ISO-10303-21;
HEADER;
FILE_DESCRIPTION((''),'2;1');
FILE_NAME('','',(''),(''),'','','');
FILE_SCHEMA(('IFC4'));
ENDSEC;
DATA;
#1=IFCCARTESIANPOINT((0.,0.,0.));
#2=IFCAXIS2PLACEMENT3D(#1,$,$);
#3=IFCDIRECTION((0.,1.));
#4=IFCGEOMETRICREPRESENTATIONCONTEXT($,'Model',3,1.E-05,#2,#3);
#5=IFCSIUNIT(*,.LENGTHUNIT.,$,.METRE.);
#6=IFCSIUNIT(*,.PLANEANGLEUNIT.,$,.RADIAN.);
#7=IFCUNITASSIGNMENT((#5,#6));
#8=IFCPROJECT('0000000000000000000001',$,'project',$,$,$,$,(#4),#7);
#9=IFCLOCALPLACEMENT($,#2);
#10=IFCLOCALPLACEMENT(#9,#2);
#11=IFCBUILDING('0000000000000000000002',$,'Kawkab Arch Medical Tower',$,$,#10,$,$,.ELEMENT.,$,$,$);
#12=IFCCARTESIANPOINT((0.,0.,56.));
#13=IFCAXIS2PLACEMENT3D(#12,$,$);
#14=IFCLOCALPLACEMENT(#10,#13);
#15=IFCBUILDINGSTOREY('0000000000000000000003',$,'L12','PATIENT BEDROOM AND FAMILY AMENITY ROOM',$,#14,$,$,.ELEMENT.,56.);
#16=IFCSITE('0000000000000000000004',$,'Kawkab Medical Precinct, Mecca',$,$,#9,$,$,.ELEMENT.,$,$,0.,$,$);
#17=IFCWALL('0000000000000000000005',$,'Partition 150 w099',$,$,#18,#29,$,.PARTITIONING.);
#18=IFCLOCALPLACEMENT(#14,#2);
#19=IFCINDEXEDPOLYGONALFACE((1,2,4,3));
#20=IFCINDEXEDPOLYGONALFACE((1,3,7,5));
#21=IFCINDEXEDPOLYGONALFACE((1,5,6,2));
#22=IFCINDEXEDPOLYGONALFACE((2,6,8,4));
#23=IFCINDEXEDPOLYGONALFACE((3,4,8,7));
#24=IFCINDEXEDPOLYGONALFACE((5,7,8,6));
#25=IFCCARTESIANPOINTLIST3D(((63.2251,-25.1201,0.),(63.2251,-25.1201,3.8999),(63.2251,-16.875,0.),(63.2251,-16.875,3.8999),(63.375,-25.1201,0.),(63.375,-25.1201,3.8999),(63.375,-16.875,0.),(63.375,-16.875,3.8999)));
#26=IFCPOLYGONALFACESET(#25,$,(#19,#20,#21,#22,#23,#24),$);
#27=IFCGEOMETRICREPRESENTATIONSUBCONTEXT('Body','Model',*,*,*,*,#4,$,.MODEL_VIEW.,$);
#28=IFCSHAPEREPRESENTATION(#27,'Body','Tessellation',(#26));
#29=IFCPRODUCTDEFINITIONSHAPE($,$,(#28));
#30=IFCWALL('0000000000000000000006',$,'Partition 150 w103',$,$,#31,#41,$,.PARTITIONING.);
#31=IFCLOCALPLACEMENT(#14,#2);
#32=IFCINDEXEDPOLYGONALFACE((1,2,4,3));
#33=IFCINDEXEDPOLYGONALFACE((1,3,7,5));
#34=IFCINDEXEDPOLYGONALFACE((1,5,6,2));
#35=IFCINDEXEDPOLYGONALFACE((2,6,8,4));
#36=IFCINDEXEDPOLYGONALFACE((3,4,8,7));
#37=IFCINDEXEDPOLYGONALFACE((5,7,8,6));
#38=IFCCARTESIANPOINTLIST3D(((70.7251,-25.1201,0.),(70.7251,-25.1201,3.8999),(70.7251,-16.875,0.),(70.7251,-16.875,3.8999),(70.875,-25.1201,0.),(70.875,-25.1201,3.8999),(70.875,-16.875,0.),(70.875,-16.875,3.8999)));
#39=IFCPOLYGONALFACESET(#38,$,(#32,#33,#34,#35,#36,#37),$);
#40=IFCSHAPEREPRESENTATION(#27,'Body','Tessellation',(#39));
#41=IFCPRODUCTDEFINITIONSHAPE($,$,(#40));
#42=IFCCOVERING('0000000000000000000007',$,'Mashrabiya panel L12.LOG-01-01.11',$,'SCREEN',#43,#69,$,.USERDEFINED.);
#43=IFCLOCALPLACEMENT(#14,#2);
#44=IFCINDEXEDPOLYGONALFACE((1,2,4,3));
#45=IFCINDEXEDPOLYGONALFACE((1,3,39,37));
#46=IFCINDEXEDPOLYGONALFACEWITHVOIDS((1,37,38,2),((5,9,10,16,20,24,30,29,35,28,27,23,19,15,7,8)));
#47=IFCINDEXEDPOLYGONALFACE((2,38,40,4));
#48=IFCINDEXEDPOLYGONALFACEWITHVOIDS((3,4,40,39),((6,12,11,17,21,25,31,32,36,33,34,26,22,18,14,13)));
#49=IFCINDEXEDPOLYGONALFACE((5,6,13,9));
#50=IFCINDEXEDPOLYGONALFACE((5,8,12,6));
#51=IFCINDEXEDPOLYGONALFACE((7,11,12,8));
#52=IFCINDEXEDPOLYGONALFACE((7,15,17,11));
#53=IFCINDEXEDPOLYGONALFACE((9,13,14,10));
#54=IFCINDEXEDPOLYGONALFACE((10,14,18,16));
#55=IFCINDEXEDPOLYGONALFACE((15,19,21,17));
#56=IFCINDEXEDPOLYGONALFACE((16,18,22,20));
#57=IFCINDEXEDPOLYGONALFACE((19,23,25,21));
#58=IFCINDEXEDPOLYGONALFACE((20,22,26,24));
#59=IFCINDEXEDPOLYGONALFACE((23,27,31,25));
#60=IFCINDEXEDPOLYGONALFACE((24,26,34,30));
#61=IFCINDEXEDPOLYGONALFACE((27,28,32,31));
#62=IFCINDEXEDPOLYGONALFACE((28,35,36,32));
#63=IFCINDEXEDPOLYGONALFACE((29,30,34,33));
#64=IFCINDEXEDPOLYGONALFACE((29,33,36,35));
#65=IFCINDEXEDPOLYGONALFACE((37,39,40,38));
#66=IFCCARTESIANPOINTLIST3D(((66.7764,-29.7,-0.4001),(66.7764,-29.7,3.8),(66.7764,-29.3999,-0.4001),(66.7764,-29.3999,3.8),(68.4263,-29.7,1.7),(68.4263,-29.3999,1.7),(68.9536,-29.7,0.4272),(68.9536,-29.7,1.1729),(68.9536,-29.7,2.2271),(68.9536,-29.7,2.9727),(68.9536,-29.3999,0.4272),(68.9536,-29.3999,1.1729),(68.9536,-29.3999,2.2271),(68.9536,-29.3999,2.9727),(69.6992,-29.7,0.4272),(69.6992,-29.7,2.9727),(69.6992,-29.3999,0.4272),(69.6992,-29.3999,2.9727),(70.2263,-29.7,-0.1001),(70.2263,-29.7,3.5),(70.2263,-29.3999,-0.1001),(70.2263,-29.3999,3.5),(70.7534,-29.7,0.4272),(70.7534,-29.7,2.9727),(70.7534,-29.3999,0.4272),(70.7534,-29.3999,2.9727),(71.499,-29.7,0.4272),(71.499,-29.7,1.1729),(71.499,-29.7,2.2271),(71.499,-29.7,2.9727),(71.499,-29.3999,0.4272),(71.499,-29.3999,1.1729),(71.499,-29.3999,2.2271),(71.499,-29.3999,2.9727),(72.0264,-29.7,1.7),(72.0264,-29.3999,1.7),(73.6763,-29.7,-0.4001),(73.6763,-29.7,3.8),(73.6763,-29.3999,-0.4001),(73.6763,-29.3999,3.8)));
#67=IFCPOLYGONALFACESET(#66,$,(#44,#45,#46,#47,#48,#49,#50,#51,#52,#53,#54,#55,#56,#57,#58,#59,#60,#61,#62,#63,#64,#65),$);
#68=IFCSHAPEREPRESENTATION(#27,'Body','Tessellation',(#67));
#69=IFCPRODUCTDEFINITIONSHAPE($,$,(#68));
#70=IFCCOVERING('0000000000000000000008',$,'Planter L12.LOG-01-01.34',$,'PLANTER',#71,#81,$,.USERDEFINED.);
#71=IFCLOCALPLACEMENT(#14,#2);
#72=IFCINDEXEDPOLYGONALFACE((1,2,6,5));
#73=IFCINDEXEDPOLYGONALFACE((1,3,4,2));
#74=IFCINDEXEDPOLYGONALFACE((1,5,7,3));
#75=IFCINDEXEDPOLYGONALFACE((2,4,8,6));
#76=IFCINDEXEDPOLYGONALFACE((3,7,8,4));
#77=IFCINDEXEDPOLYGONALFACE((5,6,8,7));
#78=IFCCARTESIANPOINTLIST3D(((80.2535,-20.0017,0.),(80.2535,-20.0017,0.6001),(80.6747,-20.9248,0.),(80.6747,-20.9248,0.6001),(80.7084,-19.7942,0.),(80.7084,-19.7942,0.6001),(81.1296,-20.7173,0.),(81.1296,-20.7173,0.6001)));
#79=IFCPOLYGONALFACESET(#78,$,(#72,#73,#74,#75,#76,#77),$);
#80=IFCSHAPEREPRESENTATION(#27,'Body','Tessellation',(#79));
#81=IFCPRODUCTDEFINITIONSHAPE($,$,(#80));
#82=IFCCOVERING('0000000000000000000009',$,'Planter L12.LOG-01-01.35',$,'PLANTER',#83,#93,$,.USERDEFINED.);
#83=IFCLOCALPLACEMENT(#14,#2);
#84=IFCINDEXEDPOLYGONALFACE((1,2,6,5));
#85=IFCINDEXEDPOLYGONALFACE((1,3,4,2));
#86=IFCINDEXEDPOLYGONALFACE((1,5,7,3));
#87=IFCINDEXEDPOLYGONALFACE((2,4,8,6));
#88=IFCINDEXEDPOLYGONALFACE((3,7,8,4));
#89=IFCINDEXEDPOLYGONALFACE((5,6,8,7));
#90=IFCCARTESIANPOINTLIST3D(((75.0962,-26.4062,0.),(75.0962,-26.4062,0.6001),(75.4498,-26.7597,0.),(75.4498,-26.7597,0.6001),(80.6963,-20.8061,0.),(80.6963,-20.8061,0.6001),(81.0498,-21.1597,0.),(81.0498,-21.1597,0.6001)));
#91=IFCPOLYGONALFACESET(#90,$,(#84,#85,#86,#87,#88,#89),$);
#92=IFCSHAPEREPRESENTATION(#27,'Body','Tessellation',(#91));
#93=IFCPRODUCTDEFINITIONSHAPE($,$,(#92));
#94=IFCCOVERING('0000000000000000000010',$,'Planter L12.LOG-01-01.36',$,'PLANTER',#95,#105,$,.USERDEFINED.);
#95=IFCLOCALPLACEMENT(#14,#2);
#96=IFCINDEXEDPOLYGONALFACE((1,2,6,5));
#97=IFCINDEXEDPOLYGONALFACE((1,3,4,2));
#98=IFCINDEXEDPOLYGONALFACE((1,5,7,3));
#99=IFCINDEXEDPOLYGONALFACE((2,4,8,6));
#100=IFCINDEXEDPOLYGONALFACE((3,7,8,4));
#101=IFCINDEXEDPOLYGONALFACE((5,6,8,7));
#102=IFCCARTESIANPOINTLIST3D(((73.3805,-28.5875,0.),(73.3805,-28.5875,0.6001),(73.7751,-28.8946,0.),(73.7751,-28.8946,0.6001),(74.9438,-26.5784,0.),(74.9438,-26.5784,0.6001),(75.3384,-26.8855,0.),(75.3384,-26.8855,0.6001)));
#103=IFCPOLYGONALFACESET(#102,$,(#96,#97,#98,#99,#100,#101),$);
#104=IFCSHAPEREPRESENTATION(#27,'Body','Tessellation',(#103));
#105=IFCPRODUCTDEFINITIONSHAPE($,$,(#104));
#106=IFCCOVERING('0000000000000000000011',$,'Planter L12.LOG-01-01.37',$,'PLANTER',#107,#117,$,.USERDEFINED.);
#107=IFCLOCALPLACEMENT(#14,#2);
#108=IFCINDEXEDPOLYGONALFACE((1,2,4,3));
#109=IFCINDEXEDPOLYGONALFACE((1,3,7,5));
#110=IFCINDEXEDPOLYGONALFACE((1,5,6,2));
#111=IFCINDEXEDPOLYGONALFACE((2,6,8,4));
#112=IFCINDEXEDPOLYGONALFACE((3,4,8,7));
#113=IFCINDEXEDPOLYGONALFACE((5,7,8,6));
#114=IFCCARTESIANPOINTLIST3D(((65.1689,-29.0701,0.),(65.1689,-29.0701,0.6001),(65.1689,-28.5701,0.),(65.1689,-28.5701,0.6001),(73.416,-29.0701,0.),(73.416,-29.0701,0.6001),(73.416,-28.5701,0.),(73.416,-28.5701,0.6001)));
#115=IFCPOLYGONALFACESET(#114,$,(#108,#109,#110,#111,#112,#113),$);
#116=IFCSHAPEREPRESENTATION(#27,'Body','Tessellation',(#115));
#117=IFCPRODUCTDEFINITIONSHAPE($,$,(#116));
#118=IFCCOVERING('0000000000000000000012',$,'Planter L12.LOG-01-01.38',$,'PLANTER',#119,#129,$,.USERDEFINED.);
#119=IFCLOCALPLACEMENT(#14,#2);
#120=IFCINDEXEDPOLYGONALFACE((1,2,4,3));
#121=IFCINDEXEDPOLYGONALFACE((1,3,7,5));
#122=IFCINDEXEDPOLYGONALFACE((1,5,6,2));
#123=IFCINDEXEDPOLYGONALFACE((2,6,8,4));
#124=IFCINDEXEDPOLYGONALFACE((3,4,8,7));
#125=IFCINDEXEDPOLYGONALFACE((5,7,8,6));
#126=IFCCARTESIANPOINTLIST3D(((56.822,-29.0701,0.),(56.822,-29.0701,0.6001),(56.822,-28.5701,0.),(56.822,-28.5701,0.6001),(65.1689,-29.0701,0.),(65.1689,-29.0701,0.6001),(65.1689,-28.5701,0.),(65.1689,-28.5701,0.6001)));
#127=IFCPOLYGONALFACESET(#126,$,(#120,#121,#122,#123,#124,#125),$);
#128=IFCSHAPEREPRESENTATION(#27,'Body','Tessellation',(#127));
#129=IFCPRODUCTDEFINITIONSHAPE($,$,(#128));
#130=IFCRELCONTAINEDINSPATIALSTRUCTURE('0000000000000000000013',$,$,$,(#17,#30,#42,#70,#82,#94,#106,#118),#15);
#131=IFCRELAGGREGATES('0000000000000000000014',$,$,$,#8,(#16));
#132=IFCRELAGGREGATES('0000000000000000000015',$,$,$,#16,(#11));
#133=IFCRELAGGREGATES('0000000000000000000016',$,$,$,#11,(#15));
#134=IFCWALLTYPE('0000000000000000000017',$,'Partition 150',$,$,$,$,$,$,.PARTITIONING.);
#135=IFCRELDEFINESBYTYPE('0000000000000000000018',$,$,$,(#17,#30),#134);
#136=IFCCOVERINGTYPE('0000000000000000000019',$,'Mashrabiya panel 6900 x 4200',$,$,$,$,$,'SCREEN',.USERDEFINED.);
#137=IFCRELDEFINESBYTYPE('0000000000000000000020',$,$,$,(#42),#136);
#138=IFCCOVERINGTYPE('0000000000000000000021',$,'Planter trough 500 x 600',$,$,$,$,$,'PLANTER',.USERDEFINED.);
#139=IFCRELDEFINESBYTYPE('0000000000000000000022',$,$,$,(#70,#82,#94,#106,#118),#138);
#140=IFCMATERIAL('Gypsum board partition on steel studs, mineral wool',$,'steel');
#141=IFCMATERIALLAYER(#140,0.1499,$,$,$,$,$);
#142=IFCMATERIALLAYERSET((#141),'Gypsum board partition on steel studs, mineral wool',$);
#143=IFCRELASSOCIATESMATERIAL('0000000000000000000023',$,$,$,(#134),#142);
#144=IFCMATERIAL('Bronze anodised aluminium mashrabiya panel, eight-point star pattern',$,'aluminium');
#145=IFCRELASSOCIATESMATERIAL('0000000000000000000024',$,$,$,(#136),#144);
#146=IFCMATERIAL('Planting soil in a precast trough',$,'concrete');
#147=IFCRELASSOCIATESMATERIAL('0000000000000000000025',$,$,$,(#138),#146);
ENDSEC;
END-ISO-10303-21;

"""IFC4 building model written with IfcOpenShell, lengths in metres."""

from ifc_helpers import new_model, si_unit, direction, frame, frame_2d, origin, origin_2d, place, context, subcontext, project, spatial, polyline, rectangle, outline, extrude, material, layer, layer_set, material_profile, profile_set, type_object, element, save


model = new_model("IFC4")

# Units and contexts
model_context = context("Model", 3, precision=1e-05, world=origin(), true_north=direction((0.0, 1.0)))
body_context = subcontext(model_context, "Body", "Model", "MODEL_VIEW")
ifc_project = project(units=[si_unit("LENGTHUNIT", "METRE"), si_unit("PLANEANGLEUNIT", "RADIAN")], contexts=[model_context])

# Site, building, storey
site_placement = place(None, origin())
site = spatial("IfcSite", under=ifc_project, at=site_placement, Name="Kawkab Medical Precinct, Mecca", CompositionType="ELEMENT", RefElevation=0.0)
building_placement = place(site_placement, origin())
building = spatial("IfcBuilding", under=site, at=building_placement, Name="Kawkab Arch Medical Tower", CompositionType="ELEMENT")
storey_placement = place(building_placement, frame((0.0, 0.0, 56.0)))
storey = spatial("IfcBuildingStorey", under=building, at=storey_placement, Name="L12", Description="PATIENT BEDROOM AND FAMILY AMENITY ROOM", CompositionType="ELEMENT", Elevation=56.0)

# Walls
ifc_material_1 = material(Name="Gypsum board partition on steel studs, mineral wool", Category="steel")
ifc_layer_1 = layer(ifc_material_1, 0.1499)
ifc_layer_set_1 = layer_set([ifc_layer_1], Name="Gypsum board partition on steel studs, mineral wool")
wall_type_1 = type_object("IfcWallType", Name="Partition 150", PredefinedType="PARTITIONING", material=ifc_layer_set_1)
for number, where, z_axis, x_axis, name in (
    (1, (63.3, -25.1201, 0.0), (0.0, 0.0, 1.0), (0.0, 1.0, 0.0), "Partition 150 w099"),
    (2, (70.8, -25.1201, 0.0), (0.0, 0.0, 1.0), (0.0, 1.0, 0.0), "Partition 150 w103"),
):
    element("IfcWall", number, at=place(storey_placement, frame(where, z_axis=z_axis, x_axis=x_axis)), inside=storey, type_object=wall_type_1, Name=name, PredefinedType="PARTITIONING", context=body_context, shape_type="SweptSolid", body=[
        extrude(rectangle(XDim=8.2451, YDim=0.1499, at=frame_2d((4.1226, 0.0))), origin(), (0.0, 0.0, 1.0), 3.8999),
    ])

# Coverings
ifc_material_2 = material(Name="Bronze anodised aluminium mashrabiya panel, eight-point star pattern", Category="aluminium")
ifc_material_profile_1 = material_profile(ifc_material_2, outline(polyline([(-3.45, -2.1001), (3.45, -2.1001), (3.45, 2.1001), (-3.45, 2.1001), (-3.45, -2.1001)]), holes=[polyline([(1.8, 0.0), (1.2727, 0.5271), (1.2727, 1.2727), (0.5271, 1.2727), (0.0, 1.8), (-0.5271, 1.2727), (-1.2727, 1.2727), (-1.2727, 0.5271), (-1.8, 0.0), (-1.2727, -0.5271), (-1.2727, -1.2727), (-0.5271, -1.2727), (0.0, -1.8), (0.5271, -1.2727), (1.2727, -1.2727), (1.2727, -0.5271), (1.8, 0.0)])]), Name="Mashrabiya panel 6900x4200")
ifc_profile_set_1 = profile_set([ifc_material_profile_1], Name="Bronze anodised aluminium mashrabiya panel, eight-point star pattern")
covering_type_1 = type_object("IfcCoveringType", Name="Mashrabiya panel 6900 x 4200", ElementType="SCREEN", PredefinedType="USERDEFINED", material=ifc_profile_set_1)
covering_1_placement = place(storey_placement, frame((70.2263, -29.3999, 1.7), z_axis=(0.0, -1.0, 0.0), x_axis=(1.0, 0.0, 0.0)))
element("IfcCovering", 3, at=covering_1_placement, inside=storey, type_object=covering_type_1, Name="Mashrabiya panel L12.LOG-01-01.11", ObjectType="SCREEN", PredefinedType="USERDEFINED", context=body_context, shape_type="SweptSolid", body=[
    extrude(outline(polyline([(-3.45, -2.1001), (3.45, -2.1001), (3.45, 2.1001), (-3.45, 2.1001), (-3.45, -2.1001)]), holes=[polyline([(1.8, 0.0), (1.2727, 0.5271), (1.2727, 1.2727), (0.5271, 1.2727), (0.0, 1.8), (-0.5271, 1.2727), (-1.2727, 1.2727), (-1.2727, 0.5271), (-1.8, 0.0), (-1.2727, -0.5271), (-1.2727, -1.2727), (-0.5271, -1.2727), (0.0, -1.8), (0.5271, -1.2727), (1.2727, -1.2727), (1.2727, -0.5271), (1.8, 0.0)])]), origin(), (0.0, 0.0, 1.0), 0.3),
])
ifc_material_3 = material(Name="Planting soil in a precast trough", Category="concrete")
ifc_material_profile_2 = material_profile(ifc_material_3, rectangle(XDim=0.5, YDim=0.6001, at=origin_2d()), Name="Trough 500x600")
ifc_profile_set_2 = profile_set([ifc_material_profile_2], Name="Planting soil in a precast trough")
covering_type_2 = type_object("IfcCoveringType", Name="Planter trough 500 x 600", ElementType="PLANTER", PredefinedType="USERDEFINED", material=ifc_profile_set_2)
covering_2_placement = place(storey_placement, frame((80.481, -19.8979, 0.3), z_axis=(0.415072, -0.909789, 0.0), x_axis=(0.909789, 0.415072, 0.0)))
element("IfcCovering", 4, at=covering_2_placement, inside=storey, type_object=covering_type_2, Name="Planter L12.LOG-01-01.34", ObjectType="PLANTER", PredefinedType="USERDEFINED", context=body_context, shape_type="SweptSolid", body=[
    extrude(rectangle(XDim=0.5, YDim=0.6001, at=origin_2d()), origin(), (0.0, 0.0, 1.0), 1.0146),
])
covering_3_placement = place(storey_placement, frame((80.873, -20.9829, 0.3), z_axis=(-0.707107, -0.707107, 0.0), x_axis=(0.707107, -0.707107, 0.0)))
element("IfcCovering", 5, at=covering_3_placement, inside=storey, type_object=covering_type_2, Name="Planter L12.LOG-01-01.35", ObjectType="PLANTER", PredefinedType="USERDEFINED", context=body_context, shape_type="SweptSolid", body=[
    extrude(rectangle(XDim=0.5, YDim=0.6001, at=origin_2d()), origin(), (0.0, 0.0, 1.0), 7.9197),
])
covering_4_placement = place(storey_placement, frame((75.1411, -26.7319, 0.3), z_axis=(-0.6141, -0.789228, 0.0), x_axis=(0.789228, -0.6141, 0.0)))
element("IfcCovering", 6, at=covering_4_placement, inside=storey, type_object=covering_type_2, Name="Planter L12.LOG-01-01.36", ObjectType="PLANTER", PredefinedType="USERDEFINED", context=body_context, shape_type="SweptSolid", body=[
    extrude(rectangle(XDim=0.5, YDim=0.6001, at=origin_2d()), origin(), (0.0, 0.0, 1.0), 2.5457),
])
covering_5_placement = place(storey_placement, frame((73.416, -28.8201, 0.3), z_axis=(-1.0, 0.0, 0.0), x_axis=(0.0, -1.0, 0.0)))
element("IfcCovering", 7, at=covering_5_placement, inside=storey, type_object=covering_type_2, Name="Planter L12.LOG-01-01.37", ObjectType="PLANTER", PredefinedType="USERDEFINED", context=body_context, shape_type="SweptSolid", body=[
    extrude(rectangle(XDim=0.5, YDim=0.6001, at=origin_2d()), origin(), (0.0, 0.0, 1.0), 8.2471),
])
covering_6_placement = place(storey_placement, frame((65.1689, -28.8201, 0.3), z_axis=(-1.0, 0.0, 0.0), x_axis=(0.0, -1.0, 0.0)))
element("IfcCovering", 8, at=covering_6_placement, inside=storey, type_object=covering_type_2, Name="Planter L12.LOG-01-01.38", ObjectType="PLANTER", PredefinedType="USERDEFINED", context=body_context, shape_type="SweptSolid", body=[
    extrude(rectangle(XDim=0.5, YDim=0.6001, at=origin_2d()), origin(), (0.0, 0.0, 1.0), 8.3469),
])

save(model, "model.ifc")
